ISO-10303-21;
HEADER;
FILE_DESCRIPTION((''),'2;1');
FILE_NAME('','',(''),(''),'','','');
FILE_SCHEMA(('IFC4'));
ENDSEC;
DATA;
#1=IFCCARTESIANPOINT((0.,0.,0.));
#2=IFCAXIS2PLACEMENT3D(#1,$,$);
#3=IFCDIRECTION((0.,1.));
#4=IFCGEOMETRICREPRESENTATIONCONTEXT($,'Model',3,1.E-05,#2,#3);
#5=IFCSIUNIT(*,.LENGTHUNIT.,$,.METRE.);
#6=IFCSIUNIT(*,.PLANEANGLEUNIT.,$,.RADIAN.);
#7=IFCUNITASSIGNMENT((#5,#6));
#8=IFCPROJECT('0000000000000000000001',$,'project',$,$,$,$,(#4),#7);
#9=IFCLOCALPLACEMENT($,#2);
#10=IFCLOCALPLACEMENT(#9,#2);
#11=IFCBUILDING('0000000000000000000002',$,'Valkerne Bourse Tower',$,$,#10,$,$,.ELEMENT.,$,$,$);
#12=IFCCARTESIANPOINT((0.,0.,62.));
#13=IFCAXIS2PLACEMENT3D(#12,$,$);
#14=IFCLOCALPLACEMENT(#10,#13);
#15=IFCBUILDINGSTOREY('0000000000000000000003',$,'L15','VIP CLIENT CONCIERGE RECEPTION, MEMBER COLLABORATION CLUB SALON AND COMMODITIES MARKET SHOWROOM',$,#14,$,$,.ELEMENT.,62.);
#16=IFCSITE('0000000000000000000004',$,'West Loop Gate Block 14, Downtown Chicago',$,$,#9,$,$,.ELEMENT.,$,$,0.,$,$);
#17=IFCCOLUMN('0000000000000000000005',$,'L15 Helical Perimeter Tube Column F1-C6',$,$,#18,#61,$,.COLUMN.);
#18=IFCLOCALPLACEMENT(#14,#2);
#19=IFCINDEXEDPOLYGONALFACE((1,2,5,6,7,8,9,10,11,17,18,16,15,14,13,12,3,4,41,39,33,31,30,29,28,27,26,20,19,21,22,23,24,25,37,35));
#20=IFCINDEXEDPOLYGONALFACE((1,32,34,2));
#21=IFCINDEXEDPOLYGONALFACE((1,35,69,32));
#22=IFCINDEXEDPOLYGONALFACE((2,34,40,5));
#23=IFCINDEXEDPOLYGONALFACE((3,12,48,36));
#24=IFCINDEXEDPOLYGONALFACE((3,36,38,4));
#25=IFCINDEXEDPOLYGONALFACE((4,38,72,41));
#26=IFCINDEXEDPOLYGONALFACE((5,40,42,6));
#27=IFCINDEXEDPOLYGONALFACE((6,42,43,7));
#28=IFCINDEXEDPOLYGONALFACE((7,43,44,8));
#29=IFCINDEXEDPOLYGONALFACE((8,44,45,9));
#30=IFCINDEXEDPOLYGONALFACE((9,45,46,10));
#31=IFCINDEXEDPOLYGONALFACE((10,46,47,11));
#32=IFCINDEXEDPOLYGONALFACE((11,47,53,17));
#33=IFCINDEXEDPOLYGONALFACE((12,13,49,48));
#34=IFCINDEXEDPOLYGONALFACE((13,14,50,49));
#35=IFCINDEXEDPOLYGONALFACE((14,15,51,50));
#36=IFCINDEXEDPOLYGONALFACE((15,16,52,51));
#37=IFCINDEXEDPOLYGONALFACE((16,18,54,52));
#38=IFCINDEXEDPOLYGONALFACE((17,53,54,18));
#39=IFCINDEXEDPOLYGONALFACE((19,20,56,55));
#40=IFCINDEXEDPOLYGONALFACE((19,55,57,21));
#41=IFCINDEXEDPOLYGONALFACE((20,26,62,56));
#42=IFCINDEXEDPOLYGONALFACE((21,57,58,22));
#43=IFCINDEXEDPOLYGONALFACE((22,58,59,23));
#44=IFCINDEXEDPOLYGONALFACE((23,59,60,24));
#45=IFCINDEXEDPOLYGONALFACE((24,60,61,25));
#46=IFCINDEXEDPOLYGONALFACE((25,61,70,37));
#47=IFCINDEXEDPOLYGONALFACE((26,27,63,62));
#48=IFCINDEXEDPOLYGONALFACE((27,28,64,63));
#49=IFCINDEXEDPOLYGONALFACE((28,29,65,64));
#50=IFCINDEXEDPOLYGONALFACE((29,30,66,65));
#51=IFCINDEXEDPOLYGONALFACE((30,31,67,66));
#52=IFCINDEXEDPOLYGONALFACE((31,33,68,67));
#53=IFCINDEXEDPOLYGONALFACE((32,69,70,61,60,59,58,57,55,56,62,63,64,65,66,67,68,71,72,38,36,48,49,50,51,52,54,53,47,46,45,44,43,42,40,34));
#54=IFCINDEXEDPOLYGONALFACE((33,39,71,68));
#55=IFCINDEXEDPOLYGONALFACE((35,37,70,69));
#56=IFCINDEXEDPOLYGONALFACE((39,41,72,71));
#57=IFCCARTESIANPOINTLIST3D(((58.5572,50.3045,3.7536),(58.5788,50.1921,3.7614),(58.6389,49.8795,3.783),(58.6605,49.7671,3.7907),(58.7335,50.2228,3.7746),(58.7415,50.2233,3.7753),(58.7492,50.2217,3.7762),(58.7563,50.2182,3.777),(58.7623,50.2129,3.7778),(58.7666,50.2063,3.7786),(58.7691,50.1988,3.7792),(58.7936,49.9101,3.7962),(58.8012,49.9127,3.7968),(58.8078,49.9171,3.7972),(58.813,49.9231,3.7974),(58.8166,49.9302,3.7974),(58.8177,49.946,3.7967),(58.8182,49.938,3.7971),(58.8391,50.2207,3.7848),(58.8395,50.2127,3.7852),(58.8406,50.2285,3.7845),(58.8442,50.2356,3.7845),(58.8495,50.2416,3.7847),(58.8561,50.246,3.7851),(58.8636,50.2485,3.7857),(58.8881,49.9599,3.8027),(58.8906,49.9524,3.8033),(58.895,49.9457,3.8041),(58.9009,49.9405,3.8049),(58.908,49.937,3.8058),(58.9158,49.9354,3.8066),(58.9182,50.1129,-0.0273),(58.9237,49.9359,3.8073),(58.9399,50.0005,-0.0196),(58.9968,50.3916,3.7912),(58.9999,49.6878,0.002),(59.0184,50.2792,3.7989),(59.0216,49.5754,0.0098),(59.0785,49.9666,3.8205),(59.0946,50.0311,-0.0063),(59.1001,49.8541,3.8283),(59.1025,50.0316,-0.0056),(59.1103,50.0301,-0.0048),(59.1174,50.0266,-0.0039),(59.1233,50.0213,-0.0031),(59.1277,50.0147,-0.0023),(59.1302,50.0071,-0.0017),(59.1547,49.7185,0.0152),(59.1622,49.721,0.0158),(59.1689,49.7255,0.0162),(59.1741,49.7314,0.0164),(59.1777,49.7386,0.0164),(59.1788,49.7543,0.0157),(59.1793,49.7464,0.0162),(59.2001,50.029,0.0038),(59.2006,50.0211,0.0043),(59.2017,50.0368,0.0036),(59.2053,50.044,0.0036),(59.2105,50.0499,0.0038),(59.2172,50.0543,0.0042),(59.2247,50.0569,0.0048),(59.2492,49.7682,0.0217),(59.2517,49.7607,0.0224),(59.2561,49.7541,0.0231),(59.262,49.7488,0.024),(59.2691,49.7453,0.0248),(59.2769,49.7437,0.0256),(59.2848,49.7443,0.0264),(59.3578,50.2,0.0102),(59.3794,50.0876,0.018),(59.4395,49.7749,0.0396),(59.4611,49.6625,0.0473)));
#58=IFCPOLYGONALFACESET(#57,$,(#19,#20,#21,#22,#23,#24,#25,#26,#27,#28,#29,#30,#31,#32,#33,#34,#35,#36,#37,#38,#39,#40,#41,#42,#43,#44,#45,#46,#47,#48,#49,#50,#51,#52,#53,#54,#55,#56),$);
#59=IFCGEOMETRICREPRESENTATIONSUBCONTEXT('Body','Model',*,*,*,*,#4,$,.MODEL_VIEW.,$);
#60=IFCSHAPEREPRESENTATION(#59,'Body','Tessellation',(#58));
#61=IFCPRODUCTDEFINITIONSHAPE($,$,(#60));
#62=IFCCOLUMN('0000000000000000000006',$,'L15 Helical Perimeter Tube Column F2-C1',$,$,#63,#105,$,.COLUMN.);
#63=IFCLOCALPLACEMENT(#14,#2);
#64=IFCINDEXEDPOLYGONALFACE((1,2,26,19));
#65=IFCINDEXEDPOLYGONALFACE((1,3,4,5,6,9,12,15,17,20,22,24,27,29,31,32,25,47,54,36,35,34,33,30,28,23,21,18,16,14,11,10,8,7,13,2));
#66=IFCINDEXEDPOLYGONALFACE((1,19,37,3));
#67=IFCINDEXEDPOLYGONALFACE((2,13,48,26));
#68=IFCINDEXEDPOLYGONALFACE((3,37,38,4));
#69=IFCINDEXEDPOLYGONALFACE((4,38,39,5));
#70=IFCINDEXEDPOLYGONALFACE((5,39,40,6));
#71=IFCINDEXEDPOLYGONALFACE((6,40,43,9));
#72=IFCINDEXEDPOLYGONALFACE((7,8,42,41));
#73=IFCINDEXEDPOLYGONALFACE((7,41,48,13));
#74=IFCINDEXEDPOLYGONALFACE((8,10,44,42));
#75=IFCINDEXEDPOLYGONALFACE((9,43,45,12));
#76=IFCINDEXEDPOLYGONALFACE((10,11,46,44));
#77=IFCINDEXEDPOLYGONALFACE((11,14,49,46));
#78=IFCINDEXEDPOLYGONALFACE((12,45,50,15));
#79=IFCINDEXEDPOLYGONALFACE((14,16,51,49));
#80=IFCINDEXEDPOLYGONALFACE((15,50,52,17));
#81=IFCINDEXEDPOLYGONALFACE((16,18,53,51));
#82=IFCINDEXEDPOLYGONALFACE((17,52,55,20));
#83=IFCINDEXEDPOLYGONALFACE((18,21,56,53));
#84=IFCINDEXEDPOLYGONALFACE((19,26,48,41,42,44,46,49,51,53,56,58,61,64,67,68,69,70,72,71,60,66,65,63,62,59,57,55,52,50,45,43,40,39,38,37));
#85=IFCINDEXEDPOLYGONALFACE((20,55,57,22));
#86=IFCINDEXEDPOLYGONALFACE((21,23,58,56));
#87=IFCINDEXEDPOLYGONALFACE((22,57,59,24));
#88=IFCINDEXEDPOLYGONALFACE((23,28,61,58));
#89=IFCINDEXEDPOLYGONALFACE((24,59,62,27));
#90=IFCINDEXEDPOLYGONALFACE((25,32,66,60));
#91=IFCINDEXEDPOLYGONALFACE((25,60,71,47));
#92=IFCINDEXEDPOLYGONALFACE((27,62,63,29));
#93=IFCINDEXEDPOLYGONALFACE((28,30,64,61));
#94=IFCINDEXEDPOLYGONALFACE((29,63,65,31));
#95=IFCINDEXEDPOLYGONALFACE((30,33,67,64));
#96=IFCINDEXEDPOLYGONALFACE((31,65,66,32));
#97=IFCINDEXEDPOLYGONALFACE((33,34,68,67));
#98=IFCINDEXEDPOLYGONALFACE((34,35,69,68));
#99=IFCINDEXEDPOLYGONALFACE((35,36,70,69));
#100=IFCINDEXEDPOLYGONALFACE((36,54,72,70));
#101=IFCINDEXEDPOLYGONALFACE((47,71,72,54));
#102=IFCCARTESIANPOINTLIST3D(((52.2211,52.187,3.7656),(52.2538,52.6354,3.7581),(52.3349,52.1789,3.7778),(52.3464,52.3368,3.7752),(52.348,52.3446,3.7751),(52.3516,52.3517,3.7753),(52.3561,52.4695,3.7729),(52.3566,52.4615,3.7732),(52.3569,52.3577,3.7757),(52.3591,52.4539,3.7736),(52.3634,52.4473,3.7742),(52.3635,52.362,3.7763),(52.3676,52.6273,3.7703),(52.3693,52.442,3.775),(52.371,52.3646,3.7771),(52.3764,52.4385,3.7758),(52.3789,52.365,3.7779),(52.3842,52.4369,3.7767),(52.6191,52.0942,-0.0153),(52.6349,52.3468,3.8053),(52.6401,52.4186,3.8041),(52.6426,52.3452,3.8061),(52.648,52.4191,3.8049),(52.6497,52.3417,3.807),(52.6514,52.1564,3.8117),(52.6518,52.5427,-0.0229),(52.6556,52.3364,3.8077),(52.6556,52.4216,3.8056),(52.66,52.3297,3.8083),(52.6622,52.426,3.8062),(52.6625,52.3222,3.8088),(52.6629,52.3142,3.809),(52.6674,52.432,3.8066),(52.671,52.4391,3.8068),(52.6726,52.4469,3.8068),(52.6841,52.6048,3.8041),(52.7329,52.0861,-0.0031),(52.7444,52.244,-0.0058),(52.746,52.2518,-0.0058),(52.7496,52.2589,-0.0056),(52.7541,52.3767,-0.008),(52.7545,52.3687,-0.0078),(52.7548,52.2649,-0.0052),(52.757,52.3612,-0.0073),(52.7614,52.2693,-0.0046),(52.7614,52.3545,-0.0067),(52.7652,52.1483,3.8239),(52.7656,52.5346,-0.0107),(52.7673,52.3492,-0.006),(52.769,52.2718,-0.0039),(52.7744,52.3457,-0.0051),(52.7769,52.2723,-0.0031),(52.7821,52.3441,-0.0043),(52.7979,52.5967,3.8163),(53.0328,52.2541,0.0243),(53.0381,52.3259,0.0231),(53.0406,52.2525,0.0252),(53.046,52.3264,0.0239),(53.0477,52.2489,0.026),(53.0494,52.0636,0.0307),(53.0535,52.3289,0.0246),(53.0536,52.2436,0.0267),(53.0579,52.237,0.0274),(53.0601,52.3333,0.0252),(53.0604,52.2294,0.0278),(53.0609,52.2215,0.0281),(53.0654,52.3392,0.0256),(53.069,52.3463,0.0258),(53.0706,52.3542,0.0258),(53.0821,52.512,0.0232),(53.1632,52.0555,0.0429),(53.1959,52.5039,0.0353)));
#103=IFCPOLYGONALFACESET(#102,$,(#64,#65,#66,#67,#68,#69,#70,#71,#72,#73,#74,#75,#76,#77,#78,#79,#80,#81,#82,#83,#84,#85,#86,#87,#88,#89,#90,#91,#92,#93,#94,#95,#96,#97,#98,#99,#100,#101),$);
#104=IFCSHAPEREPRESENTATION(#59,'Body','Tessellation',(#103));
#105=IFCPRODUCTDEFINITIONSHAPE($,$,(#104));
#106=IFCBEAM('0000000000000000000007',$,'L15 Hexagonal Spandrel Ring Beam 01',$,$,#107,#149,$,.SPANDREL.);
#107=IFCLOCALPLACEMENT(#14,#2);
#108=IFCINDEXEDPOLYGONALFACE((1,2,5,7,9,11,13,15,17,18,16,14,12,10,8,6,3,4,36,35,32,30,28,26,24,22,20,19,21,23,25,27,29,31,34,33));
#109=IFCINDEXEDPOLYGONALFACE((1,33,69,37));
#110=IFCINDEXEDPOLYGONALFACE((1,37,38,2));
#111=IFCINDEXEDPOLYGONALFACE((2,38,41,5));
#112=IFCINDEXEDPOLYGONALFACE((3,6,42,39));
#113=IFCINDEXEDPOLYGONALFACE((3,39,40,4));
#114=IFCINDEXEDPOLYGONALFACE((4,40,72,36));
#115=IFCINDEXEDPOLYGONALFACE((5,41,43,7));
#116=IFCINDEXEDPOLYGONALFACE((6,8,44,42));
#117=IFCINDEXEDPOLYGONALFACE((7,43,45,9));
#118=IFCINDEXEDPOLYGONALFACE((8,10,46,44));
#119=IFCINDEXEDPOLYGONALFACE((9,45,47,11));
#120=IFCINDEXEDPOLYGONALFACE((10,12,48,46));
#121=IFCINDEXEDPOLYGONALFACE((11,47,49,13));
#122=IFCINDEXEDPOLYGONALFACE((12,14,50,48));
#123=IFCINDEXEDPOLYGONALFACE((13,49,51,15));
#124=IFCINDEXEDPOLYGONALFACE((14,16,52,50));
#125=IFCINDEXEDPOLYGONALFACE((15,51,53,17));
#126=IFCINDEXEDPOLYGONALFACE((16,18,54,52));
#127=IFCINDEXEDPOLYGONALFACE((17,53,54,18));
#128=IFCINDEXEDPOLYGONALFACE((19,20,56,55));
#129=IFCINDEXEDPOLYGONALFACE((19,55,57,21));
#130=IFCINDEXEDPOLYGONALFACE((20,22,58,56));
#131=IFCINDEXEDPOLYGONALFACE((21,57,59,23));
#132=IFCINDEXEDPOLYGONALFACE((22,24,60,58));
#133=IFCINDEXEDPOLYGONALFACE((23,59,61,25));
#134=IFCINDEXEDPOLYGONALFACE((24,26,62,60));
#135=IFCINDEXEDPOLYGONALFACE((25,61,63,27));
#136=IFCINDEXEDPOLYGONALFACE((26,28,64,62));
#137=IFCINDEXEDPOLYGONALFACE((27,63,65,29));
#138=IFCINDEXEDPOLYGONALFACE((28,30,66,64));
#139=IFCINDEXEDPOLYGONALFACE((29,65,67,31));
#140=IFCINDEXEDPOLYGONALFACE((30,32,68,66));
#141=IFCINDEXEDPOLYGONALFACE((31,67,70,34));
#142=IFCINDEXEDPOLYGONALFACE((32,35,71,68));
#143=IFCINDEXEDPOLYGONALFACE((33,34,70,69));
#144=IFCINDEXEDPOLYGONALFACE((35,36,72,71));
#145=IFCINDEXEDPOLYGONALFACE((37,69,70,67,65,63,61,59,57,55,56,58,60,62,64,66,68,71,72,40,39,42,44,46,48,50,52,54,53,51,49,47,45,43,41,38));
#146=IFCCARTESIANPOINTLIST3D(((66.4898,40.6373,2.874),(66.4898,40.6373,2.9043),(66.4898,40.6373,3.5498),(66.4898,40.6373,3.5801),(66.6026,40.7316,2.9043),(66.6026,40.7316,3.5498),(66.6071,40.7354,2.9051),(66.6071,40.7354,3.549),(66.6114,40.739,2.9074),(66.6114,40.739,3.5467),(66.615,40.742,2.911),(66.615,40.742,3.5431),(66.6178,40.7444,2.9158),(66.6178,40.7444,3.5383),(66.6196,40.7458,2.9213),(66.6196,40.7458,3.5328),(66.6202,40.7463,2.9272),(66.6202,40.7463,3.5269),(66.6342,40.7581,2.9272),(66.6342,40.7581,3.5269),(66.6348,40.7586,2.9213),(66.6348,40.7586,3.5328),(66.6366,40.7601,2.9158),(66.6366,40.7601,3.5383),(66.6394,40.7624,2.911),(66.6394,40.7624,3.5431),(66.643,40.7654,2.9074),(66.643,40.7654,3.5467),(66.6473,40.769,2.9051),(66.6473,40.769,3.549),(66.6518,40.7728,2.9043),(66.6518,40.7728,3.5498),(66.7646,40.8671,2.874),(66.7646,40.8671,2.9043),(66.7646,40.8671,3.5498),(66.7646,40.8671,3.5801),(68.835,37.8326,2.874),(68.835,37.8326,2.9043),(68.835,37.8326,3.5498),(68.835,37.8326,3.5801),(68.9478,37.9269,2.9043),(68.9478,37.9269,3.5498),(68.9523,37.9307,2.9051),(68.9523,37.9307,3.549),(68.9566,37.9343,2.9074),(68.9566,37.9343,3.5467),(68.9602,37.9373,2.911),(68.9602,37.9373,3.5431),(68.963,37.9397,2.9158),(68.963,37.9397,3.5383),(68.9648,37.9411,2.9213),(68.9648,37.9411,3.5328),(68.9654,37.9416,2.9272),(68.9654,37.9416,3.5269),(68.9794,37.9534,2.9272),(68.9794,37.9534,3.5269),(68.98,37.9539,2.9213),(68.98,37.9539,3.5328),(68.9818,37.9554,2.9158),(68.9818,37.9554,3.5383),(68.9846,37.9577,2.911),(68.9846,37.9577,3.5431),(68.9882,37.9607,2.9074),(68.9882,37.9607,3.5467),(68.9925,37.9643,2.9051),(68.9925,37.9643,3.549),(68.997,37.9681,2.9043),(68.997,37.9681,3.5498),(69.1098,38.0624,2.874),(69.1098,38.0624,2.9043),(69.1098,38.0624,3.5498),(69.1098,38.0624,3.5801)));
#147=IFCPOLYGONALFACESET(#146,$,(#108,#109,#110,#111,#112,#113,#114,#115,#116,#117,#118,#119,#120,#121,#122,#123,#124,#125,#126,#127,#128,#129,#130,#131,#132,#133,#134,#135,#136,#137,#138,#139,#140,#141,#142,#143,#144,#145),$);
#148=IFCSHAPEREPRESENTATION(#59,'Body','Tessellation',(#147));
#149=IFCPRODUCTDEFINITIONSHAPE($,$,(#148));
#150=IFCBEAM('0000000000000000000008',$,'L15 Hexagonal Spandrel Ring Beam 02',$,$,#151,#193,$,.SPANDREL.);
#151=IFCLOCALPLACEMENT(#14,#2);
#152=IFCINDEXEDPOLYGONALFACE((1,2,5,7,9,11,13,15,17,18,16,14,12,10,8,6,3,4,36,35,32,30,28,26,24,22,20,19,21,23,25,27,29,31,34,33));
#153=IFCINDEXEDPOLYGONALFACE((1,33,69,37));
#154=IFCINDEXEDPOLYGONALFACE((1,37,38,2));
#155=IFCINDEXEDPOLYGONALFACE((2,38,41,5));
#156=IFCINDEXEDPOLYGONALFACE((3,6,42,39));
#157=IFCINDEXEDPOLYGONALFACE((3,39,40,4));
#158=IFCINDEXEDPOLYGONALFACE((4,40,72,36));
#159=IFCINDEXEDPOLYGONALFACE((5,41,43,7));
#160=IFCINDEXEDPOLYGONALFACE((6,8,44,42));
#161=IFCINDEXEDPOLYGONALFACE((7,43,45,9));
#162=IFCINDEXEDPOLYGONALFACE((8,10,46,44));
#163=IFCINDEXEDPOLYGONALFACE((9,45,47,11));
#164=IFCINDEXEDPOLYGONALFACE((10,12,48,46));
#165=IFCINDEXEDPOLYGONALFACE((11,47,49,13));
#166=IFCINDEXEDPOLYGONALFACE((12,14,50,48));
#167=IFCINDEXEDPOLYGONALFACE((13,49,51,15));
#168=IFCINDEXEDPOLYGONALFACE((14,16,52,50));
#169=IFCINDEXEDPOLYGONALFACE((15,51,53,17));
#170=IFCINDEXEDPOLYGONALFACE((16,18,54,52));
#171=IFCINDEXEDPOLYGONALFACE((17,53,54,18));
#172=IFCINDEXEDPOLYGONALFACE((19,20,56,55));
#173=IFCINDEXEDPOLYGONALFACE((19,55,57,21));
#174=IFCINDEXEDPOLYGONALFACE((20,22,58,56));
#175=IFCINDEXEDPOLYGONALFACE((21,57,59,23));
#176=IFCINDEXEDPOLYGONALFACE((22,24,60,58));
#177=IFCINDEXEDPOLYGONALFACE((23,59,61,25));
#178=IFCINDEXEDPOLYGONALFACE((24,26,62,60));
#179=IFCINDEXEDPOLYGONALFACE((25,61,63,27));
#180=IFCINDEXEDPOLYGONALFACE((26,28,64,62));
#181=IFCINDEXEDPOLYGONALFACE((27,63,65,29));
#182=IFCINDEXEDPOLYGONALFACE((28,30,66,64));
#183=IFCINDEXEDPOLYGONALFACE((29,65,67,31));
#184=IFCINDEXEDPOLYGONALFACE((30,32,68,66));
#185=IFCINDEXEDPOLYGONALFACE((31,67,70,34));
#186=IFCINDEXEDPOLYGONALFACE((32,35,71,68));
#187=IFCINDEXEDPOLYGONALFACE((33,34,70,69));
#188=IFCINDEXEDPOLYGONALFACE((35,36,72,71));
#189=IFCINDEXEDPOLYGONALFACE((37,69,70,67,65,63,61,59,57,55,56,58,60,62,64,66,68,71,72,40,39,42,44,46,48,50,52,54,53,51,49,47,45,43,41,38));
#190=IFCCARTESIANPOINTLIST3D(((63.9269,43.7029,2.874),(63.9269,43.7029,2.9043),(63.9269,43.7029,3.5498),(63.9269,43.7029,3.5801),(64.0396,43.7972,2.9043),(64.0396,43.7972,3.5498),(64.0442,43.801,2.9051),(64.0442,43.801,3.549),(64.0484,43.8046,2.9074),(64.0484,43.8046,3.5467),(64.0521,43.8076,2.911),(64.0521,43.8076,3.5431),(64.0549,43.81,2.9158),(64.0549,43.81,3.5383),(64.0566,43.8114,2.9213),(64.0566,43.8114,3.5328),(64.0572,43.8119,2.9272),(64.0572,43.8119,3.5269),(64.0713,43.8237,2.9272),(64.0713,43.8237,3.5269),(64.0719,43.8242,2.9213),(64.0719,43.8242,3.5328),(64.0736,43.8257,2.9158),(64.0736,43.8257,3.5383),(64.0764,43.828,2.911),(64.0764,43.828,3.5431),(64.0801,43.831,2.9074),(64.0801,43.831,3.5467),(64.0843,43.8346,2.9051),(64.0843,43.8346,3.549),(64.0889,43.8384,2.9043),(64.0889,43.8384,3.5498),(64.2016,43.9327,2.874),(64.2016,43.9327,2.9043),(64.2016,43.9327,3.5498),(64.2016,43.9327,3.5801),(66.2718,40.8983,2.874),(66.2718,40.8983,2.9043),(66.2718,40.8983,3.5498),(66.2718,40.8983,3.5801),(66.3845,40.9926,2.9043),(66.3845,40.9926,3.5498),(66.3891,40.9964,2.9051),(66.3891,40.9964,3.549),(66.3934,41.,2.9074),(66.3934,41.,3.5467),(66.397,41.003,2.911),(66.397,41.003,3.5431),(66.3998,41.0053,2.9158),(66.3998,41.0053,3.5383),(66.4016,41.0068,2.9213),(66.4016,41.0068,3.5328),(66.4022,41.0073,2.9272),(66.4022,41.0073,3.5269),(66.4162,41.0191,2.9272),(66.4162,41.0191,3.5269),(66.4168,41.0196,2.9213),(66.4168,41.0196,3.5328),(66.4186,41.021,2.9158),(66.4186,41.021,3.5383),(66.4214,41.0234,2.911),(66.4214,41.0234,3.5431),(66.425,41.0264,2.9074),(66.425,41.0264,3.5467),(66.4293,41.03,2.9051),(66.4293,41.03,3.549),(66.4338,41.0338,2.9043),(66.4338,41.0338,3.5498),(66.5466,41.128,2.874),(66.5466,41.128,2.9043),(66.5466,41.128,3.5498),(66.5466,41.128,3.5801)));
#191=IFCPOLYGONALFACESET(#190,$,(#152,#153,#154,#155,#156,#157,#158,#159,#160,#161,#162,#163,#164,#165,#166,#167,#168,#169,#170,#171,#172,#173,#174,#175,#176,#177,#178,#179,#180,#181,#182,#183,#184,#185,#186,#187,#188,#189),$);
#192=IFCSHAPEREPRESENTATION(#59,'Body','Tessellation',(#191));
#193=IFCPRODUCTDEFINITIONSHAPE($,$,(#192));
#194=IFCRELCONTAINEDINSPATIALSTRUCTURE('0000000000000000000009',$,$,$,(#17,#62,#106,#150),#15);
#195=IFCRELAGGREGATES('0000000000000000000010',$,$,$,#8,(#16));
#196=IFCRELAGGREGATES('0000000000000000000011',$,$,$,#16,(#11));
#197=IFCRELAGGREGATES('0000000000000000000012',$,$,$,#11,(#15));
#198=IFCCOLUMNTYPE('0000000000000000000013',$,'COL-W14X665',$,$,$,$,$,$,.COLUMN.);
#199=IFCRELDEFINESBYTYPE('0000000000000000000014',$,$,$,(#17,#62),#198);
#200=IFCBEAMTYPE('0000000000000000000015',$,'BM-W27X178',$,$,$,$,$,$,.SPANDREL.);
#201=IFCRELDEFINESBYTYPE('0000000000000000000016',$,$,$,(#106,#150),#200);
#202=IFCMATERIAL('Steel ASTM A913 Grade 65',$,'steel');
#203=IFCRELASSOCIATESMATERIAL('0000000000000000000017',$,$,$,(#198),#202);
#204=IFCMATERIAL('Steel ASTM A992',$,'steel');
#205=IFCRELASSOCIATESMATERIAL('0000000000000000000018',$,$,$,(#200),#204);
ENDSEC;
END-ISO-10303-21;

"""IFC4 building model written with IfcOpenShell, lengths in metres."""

from ifc_helpers import new_model, si_unit, direction, frame, origin, origin_2d, place, context, subcontext, project, spatial, i_section, extrude, material, material_profile, profile_set, type_object, element, save


model = new_model("IFC4")

# Units and contexts
model_context = context("Model", 3, precision=1e-05, world=origin(), true_north=direction((0.0, 1.0)))
body_context = subcontext(model_context, "Body", "Model", "MODEL_VIEW")
ifc_project = project(units=[si_unit("LENGTHUNIT", "METRE"), si_unit("PLANEANGLEUNIT", "RADIAN")], contexts=[model_context])

# Site, building, storey
site_placement = place(None, origin())
site = spatial("IfcSite", under=ifc_project, at=site_placement, Name="West Loop Gate Block 14, Downtown Chicago", CompositionType="ELEMENT", RefElevation=0.0)
building_placement = place(site_placement, origin())
building = spatial("IfcBuilding", under=site, at=building_placement, Name="Valkerne Bourse Tower", CompositionType="ELEMENT")
storey_placement = place(building_placement, frame((0.0, 0.0, 62.0)))
storey = spatial("IfcBuildingStorey", under=building, at=storey_placement, Name="L15", Description="VIP CLIENT CONCIERGE RECEPTION, MEMBER COLLABORATION CLUB SALON AND COMMODITIES MARKET SHOWROOM", CompositionType="ELEMENT", Elevation=62.0)

# Columns
ifc_material_1 = material(Name="Steel ASTM A913 Grade 65", Category="steel")
ifc_material_profile_1 = material_profile(ifc_material_1, i_section(OverallWidth=0.4497, OverallDepth=0.5486, WebThickness=0.072, FlangeThickness=0.1147, FilletRadius=0.0305, at=origin_2d()), Name="W14X665")
ifc_profile_set_1 = profile_set([ifc_material_profile_1], Name="Steel ASTM A913 Grade 65")
column_type = type_object("IfcColumnType", Name="COL-W14X665", PredefinedType="COLUMN", material=ifc_profile_set_1)
for number, where, z_axis, x_axis, name in (
    (1, (59.1897, 49.8877, 0.01), (-0.094946, 0.050394, 0.994206), (0.977509, 0.193644, 0.083536), "L15 Helical Perimeter Tube Column F1-C6"),
    (2, (52.9075, 52.2991, 0.01), (-0.10464, 0.024395, 0.994211), (0.072778, 0.997207, -0.016808), "L15 Helical Perimeter Tube Column F2-C1"),
):
    element("IfcColumn", number, at=place(storey_placement, frame(where, z_axis=z_axis, x_axis=x_axis)), inside=storey, type_object=column_type, Name=name, PredefinedType="COLUMN", context=body_context, shape_type="SweptSolid", body=[
        extrude(i_section(OverallWidth=0.4497, OverallDepth=0.5486, WebThickness=0.072, FlangeThickness=0.1147, FilletRadius=0.0305, at=origin_2d()), origin(), (0.0, 0.0, 1.0), 3.803),
    ])

# Beams
ifc_material_2 = material(Name="Steel ASTM A992", Category="steel")
ifc_material_profile_2 = material_profile(ifc_material_2, i_section(OverallWidth=0.3582, OverallDepth=0.7061, WebThickness=0.0183, FlangeThickness=0.0303, FilletRadius=0.0229, at=origin_2d()), Name="W27X178")
ifc_profile_set_2 = profile_set([ifc_material_profile_2], Name="Steel ASTM A992")
beam_type = type_object("IfcBeamType", Name="BM-W27X178", PredefinedType="SPANDREL", material=ifc_profile_set_2)
beam_1_placement = place(storey_placement, frame((68.9724, 37.9475, 3.2271), z_axis=(-0.641471, 0.767147, 0.0), x_axis=(-0.767147, -0.641471, 0.0)))
element("IfcBeam", 3, at=beam_1_placement, inside=storey, type_object=beam_type, Name="L15 Hexagonal Spandrel Ring Beam 01", PredefinedType="SPANDREL", context=body_context, shape_type="SweptSolid", body=[
    extrude(i_section(OverallWidth=0.3582, OverallDepth=0.7061, WebThickness=0.0183, FlangeThickness=0.0303, FilletRadius=0.0229, at=origin_2d()), origin(), (0.0, 0.0, 1.0), 3.656),
])
beam_2_placement = place(storey_placement, frame((66.4092, 41.0132, 3.2271), z_axis=(-0.641432, 0.76718, 0.0), x_axis=(-0.76718, -0.641432, 0.0)))
element("IfcBeam", 4, at=beam_2_placement, inside=storey, type_object=beam_type, Name="L15 Hexagonal Spandrel Ring Beam 02", PredefinedType="SPANDREL", context=body_context, shape_type="SweptSolid", body=[
    extrude(i_section(OverallWidth=0.3582, OverallDepth=0.7061, WebThickness=0.0183, FlangeThickness=0.0303, FilletRadius=0.0229, at=origin_2d()), origin(), (0.0, 0.0, 1.0), 3.6558),
])

save(model, "model.ifc")
